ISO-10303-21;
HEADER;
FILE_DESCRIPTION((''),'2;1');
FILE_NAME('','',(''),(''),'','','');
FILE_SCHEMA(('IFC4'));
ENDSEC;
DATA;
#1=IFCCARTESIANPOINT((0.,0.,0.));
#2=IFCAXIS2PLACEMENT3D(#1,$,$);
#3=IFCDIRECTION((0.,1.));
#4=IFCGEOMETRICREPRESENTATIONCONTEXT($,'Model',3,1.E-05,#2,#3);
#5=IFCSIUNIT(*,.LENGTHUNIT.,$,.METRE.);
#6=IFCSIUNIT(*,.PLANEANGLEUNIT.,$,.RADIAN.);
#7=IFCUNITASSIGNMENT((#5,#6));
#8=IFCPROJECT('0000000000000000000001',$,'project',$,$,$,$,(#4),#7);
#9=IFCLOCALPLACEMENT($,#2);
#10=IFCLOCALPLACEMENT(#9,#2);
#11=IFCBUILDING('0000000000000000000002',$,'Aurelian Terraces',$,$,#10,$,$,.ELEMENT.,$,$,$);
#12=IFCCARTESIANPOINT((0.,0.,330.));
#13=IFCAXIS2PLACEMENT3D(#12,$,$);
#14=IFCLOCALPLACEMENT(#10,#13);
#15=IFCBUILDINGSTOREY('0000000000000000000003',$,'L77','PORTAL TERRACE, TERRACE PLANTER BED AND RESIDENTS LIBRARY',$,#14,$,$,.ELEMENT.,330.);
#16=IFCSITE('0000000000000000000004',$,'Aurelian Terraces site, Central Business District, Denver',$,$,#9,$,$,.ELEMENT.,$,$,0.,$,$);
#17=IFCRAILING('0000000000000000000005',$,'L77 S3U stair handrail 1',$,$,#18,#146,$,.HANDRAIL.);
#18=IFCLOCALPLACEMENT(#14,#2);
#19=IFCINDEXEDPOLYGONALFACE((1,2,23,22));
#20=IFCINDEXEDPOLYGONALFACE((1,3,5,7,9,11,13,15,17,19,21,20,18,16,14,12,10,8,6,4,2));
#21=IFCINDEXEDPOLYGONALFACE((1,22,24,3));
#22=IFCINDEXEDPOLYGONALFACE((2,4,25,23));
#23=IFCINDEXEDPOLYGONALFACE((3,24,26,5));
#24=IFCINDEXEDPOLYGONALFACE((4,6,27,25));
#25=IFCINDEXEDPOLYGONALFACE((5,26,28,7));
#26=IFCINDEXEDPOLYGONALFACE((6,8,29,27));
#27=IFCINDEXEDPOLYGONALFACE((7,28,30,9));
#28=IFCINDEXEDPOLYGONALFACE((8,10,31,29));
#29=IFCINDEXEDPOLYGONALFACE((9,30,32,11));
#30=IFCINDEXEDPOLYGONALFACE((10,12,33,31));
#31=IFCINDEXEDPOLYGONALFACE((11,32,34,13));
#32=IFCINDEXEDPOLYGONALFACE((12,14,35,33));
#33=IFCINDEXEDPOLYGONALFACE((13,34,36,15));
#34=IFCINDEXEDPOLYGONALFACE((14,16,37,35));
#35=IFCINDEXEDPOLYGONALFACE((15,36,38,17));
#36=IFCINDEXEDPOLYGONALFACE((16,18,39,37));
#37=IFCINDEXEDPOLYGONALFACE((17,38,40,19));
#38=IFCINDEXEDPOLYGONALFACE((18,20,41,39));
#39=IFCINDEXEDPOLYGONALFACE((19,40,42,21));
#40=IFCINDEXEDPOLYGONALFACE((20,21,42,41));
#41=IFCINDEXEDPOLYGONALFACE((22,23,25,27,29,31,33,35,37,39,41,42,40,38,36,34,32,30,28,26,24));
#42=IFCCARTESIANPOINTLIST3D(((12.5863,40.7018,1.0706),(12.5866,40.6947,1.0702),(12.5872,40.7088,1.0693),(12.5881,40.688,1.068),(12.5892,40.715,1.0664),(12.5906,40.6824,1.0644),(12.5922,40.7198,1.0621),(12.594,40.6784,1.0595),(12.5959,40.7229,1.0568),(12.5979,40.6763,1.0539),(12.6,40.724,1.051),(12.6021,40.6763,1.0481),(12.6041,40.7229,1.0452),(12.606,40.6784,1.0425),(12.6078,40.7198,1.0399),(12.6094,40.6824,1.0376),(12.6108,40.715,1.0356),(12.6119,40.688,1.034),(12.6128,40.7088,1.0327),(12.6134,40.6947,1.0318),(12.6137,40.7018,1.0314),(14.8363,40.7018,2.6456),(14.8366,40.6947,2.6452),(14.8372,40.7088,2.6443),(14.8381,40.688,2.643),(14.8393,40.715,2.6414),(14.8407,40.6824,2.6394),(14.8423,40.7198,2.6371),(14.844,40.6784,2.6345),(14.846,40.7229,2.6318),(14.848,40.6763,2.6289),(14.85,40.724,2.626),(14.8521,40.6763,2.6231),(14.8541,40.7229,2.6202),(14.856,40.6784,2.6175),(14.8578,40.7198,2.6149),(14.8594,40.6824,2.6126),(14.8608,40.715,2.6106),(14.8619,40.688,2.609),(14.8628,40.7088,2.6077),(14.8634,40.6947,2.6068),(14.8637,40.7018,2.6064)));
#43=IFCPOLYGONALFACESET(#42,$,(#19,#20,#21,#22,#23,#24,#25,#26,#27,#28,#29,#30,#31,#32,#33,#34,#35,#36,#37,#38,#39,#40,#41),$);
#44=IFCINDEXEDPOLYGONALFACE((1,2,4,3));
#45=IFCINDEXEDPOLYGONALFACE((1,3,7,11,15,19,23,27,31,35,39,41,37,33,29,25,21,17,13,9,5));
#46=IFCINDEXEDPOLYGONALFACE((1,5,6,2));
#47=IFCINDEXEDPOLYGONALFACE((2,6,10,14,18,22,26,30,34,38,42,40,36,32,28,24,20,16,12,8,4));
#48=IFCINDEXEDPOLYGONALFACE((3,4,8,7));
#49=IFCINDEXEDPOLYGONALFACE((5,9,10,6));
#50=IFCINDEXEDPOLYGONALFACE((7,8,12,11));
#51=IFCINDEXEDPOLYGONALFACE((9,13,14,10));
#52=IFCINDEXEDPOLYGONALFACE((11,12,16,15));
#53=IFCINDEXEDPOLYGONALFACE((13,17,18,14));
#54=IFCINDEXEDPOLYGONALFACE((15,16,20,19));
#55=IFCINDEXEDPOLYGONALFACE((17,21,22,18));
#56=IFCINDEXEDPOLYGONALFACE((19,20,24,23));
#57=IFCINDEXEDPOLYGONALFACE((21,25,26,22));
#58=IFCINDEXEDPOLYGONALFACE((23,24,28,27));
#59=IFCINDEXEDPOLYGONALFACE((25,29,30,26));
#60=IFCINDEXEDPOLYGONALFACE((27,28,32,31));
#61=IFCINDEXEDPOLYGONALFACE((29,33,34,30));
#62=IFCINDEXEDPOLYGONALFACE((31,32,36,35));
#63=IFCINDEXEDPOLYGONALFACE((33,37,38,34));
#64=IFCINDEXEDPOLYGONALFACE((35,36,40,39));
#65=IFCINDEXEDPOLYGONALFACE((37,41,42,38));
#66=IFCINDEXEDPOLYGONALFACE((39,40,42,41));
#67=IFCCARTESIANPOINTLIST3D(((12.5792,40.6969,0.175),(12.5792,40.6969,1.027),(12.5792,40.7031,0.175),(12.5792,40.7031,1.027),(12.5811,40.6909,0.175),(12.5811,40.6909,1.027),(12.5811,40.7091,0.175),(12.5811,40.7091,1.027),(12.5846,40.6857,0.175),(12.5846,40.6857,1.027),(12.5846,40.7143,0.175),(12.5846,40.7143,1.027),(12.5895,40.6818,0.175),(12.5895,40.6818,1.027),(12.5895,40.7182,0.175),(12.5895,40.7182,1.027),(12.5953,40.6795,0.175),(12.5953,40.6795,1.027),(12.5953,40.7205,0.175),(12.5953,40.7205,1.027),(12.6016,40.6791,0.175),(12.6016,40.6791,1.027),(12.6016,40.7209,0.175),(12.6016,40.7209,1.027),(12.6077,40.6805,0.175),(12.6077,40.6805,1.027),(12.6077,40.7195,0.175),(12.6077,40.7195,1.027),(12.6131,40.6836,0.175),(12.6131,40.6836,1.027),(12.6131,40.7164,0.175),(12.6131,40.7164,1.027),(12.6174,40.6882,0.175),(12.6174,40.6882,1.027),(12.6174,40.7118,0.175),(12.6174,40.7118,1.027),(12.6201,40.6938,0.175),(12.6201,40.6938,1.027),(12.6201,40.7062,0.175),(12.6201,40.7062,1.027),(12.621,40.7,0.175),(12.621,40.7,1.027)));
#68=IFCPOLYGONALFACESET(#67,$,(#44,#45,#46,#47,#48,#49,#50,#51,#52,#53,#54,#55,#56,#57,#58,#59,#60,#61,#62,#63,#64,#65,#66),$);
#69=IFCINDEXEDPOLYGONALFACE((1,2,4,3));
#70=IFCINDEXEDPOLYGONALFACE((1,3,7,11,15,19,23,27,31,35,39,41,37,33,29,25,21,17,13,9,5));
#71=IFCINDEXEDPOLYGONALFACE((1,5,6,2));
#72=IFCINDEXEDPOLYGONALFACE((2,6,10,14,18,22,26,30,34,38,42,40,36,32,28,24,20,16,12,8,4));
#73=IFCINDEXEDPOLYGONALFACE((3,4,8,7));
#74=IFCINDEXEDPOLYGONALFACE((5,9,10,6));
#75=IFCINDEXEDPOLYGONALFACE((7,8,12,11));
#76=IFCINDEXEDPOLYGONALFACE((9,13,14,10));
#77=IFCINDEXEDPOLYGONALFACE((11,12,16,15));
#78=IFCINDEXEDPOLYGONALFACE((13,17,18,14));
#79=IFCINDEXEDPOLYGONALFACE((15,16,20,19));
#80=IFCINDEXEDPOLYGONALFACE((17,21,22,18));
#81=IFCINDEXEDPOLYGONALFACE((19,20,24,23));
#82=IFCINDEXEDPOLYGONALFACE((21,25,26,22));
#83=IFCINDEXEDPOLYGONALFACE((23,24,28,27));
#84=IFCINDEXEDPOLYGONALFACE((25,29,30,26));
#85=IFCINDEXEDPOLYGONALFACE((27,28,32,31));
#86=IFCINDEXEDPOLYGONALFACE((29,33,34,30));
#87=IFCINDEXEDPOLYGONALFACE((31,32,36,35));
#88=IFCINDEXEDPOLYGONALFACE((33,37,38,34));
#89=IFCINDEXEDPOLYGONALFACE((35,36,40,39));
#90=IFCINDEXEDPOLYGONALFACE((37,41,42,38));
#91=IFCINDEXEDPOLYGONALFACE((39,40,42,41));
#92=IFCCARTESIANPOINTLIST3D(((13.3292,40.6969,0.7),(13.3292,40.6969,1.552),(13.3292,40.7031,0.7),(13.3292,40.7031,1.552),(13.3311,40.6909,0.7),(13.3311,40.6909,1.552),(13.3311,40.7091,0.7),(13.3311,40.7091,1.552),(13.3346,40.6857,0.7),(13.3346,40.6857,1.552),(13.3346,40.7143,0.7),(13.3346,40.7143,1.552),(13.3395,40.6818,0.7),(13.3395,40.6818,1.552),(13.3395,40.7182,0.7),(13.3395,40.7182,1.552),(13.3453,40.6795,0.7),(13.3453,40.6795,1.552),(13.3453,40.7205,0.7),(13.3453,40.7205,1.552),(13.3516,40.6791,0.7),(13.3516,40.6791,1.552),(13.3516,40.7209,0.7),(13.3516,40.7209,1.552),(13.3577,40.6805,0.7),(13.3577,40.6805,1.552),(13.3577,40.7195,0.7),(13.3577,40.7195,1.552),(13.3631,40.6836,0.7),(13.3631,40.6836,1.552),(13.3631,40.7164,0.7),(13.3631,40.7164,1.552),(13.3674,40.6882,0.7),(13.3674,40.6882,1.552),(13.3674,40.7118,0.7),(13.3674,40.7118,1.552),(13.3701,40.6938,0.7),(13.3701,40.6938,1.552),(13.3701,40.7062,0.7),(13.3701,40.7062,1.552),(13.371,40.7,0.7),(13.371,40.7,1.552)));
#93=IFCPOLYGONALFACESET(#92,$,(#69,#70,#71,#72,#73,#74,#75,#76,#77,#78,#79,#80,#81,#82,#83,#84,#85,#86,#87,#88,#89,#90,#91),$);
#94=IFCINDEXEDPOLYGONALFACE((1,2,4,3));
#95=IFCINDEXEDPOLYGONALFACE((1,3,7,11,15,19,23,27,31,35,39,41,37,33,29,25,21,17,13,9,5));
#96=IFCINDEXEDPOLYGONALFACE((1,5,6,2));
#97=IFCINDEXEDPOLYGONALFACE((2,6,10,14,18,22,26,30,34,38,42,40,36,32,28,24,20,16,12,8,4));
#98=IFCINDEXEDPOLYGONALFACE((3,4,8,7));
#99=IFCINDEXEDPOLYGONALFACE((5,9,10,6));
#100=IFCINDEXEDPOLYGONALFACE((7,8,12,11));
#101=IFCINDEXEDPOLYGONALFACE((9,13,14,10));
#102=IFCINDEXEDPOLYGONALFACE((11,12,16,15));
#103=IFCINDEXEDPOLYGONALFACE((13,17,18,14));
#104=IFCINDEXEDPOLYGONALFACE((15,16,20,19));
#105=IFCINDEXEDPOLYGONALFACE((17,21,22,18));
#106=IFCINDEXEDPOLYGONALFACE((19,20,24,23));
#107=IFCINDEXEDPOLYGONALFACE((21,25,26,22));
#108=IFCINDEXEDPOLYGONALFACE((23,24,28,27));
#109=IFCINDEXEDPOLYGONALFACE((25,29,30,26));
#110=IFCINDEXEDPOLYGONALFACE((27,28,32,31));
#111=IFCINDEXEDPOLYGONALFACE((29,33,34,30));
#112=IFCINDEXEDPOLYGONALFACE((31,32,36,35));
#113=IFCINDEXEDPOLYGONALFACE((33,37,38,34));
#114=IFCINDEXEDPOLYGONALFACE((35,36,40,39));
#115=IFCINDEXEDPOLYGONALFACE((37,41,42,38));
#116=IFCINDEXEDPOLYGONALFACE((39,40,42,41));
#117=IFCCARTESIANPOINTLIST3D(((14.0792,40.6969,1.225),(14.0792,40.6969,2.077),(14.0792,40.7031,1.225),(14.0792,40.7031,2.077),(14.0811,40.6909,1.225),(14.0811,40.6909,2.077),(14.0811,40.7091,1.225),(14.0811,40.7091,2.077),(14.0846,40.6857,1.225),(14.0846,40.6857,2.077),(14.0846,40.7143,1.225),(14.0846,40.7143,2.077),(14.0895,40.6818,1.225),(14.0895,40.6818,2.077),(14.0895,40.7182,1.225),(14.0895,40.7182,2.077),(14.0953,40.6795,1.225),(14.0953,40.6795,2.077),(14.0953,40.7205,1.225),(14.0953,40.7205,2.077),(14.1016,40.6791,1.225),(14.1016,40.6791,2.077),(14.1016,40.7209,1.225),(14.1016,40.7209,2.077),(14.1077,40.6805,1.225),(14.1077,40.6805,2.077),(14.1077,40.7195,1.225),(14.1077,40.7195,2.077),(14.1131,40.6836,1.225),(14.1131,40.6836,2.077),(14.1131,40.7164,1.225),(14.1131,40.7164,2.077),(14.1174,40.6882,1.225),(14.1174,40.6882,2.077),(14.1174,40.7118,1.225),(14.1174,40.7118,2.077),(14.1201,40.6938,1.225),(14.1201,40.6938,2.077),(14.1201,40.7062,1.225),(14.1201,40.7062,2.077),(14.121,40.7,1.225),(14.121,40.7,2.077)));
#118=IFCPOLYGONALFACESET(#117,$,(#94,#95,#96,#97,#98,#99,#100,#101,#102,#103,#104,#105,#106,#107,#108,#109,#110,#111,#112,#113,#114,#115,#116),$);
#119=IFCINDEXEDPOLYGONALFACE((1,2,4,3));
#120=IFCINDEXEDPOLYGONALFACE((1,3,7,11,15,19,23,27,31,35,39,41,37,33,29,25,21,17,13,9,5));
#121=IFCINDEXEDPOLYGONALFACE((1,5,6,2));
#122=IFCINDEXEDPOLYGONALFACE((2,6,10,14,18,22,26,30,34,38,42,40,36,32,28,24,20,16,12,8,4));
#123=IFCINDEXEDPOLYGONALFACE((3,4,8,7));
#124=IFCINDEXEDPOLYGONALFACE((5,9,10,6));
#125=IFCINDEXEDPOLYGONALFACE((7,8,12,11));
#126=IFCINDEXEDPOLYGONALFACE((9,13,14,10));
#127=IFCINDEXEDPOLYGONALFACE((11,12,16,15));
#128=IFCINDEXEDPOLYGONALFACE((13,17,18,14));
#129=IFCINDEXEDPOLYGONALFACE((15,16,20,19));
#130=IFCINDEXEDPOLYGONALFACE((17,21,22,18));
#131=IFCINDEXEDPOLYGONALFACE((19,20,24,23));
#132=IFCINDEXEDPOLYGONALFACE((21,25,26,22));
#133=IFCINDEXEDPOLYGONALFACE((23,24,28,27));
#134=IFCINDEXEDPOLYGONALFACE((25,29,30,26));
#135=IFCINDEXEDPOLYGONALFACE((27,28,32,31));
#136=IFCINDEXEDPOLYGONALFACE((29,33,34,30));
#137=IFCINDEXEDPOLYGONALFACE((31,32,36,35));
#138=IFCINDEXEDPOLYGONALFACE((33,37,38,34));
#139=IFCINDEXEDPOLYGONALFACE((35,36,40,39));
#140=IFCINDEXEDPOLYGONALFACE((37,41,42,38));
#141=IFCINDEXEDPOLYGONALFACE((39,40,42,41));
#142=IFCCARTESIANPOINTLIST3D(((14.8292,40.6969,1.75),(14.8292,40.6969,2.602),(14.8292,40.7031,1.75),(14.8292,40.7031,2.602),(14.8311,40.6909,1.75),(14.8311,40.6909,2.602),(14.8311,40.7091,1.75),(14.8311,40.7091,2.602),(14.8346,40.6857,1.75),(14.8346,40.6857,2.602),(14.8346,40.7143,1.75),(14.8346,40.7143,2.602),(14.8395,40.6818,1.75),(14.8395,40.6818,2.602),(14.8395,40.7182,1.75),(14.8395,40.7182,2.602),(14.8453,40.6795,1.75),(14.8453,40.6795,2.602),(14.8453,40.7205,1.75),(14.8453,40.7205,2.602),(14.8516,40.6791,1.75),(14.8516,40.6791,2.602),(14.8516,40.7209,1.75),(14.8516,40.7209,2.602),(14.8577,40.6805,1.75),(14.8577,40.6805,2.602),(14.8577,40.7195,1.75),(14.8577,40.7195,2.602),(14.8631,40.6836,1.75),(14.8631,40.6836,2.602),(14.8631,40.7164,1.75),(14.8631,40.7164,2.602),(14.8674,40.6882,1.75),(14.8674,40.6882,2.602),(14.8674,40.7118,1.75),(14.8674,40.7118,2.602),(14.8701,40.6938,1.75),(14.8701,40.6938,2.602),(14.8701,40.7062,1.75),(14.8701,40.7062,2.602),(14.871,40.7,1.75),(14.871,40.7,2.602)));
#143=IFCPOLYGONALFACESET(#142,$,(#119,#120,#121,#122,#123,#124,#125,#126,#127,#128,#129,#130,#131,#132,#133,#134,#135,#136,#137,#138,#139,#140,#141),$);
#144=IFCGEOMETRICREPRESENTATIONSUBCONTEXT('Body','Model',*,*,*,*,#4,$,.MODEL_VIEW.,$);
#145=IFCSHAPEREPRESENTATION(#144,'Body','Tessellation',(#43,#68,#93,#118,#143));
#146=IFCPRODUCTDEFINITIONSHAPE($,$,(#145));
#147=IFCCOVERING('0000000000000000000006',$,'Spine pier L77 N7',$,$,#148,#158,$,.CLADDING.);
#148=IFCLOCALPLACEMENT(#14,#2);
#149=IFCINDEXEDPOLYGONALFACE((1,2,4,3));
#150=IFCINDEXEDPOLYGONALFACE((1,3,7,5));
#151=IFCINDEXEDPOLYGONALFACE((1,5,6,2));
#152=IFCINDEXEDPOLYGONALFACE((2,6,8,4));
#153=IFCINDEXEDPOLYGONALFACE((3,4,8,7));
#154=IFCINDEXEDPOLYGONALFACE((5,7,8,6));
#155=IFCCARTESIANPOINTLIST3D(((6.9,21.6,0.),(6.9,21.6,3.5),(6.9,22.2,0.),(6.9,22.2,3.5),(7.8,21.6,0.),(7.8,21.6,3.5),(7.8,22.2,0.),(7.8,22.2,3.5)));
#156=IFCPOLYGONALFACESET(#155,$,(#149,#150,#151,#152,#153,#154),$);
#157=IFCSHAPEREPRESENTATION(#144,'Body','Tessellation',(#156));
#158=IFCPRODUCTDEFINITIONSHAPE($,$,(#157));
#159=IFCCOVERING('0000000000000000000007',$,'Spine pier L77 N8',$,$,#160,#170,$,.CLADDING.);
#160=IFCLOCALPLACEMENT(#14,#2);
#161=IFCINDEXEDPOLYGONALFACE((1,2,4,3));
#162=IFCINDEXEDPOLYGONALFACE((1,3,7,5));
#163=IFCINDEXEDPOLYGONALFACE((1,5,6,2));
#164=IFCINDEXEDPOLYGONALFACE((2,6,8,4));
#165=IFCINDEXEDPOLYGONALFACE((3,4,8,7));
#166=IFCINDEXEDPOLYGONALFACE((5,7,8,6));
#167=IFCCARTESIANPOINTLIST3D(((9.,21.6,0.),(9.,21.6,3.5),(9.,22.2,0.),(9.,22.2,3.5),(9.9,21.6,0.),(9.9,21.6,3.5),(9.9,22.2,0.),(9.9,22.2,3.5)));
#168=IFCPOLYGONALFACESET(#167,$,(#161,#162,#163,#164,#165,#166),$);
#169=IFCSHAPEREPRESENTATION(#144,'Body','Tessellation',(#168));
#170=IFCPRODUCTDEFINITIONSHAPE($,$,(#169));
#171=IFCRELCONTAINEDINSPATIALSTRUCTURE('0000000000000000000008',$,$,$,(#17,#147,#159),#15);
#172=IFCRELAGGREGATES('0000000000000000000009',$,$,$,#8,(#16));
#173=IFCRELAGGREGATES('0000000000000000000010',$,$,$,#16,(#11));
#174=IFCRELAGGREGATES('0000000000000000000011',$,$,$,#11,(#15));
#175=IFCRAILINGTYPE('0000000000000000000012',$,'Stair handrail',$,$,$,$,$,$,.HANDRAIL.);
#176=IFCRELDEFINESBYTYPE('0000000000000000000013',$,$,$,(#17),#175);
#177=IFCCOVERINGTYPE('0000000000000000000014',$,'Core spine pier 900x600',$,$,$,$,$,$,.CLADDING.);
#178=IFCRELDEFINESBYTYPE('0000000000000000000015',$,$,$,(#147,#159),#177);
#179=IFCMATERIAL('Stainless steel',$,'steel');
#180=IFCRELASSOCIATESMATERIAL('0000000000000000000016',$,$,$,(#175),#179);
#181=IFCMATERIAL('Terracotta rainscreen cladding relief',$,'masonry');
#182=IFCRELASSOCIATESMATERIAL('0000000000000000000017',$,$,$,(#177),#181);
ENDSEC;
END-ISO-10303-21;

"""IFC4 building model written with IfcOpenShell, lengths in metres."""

from ifc_helpers import new_model, si_unit, direction, frame, origin, origin_2d, place, context, subcontext, project, spatial, rectangle, circle, extrude, source, transform, mapped, material, type_object, element, save


model = new_model("IFC4")

# Units and contexts
model_context = context("Model", 3, precision=1e-05, world=origin(), true_north=direction((0.0, 1.0)))
body_context = subcontext(model_context, "Body", "Model", "MODEL_VIEW")
ifc_project = project(units=[si_unit("LENGTHUNIT", "METRE"), si_unit("PLANEANGLEUNIT", "RADIAN")], contexts=[model_context])

# Site, building, storey
site_placement = place(None, origin())
site = spatial("IfcSite", under=ifc_project, at=site_placement, Name="Aurelian Terraces site, Central Business District, Denver", CompositionType="ELEMENT", RefElevation=0.0)
building_placement = place(site_placement, origin())
building = spatial("IfcBuilding", under=site, at=building_placement, Name="Aurelian Terraces", CompositionType="ELEMENT")
storey_placement = place(building_placement, frame((0.0, 0.0, 330.0)))
storey = spatial("IfcBuildingStorey", under=building, at=storey_placement, Name="L77", Description="PORTAL TERRACE, TERRACE PLANTER BED AND RESIDENTS LIBRARY", CompositionType="ELEMENT", Elevation=330.0)

# Shared definitions
ifc_material_1 = material(Name="Terracotta rainscreen cladding relief", Category="masonry")

# Railing
ifc_material_2 = material(Name="Stainless steel", Category="steel")
railing_type_1 = type_object("IfcRailingType", Name="Stair handrail", PredefinedType="HANDRAIL", material=ifc_material_2)
shared_shape_1 = source(origin(), body_context, "Body", "SweptSolid", [
    extrude(circle(Radius=0.024, at=origin_2d()), frame((0.0, 0.0, 0.876), z_axis=(0.819232, 0.0, 0.573462), x_axis=(0.0, 1.0, 0.0)), (0.0, 0.0, 1.0), 2.7465),
    extrude(circle(Radius=0.021, at=origin_2d()), origin(), (0.0, 0.0, 1.0), 0.852),
    extrude(circle(Radius=0.021, at=origin_2d()), frame((0.75, 0.0, 0.525)), (0.0, 0.0, 1.0), 0.852),
    extrude(circle(Radius=0.021, at=origin_2d()), frame((1.5, 0.0, 1.05)), (0.0, 0.0, 1.0), 0.852),
    extrude(circle(Radius=0.021, at=origin_2d()), frame((2.25, 0.0, 1.575)), (0.0, 0.0, 1.0), 0.852),
])
railing_1_placement = place(storey_placement, frame((12.6, 40.7, 0.175)))
element("IfcRailing", 1, at=railing_1_placement, inside=storey, type_object=railing_type_1, Name="L77 S3U stair handrail 1", PredefinedType="HANDRAIL", context=body_context, shape_type="MappedRepresentation", body=[
    mapped(shared_shape_1, transform((0.0, 0.0, 0.0), scale=1.0)),
])

# Coverings
covering_type_1 = type_object("IfcCoveringType", Name="Core spine pier 900x600", PredefinedType="CLADDING", material=ifc_material_1)
shared_shape_2 = source(origin(), body_context, "Body", "SweptSolid", [
    extrude(rectangle(XDim=0.9, YDim=0.6, at=origin_2d()), origin(), (0.0, 0.0, 1.0), 3.5),
])
for number, where, z_axis, x_axis, name in (
    (2, (7.35, 21.9, 0.0), (0.0, 0.0, 1.0), (1.0, 0.0, 0.0), "Spine pier L77 N7"),
    (3, (9.45, 21.9, 0.0), (0.0, 0.0, 1.0), (1.0, 0.0, 0.0), "Spine pier L77 N8"),
):
    element("IfcCovering", number, at=place(storey_placement, frame(where, z_axis=z_axis, x_axis=x_axis)), inside=storey, type_object=covering_type_1, Name=name, PredefinedType="CLADDING", context=body_context, shape_type="MappedRepresentation", body=[
        mapped(shared_shape_2, transform((0.0, 0.0, 0.0), scale=1.0)),
    ])

save(model, "model.ifc")
